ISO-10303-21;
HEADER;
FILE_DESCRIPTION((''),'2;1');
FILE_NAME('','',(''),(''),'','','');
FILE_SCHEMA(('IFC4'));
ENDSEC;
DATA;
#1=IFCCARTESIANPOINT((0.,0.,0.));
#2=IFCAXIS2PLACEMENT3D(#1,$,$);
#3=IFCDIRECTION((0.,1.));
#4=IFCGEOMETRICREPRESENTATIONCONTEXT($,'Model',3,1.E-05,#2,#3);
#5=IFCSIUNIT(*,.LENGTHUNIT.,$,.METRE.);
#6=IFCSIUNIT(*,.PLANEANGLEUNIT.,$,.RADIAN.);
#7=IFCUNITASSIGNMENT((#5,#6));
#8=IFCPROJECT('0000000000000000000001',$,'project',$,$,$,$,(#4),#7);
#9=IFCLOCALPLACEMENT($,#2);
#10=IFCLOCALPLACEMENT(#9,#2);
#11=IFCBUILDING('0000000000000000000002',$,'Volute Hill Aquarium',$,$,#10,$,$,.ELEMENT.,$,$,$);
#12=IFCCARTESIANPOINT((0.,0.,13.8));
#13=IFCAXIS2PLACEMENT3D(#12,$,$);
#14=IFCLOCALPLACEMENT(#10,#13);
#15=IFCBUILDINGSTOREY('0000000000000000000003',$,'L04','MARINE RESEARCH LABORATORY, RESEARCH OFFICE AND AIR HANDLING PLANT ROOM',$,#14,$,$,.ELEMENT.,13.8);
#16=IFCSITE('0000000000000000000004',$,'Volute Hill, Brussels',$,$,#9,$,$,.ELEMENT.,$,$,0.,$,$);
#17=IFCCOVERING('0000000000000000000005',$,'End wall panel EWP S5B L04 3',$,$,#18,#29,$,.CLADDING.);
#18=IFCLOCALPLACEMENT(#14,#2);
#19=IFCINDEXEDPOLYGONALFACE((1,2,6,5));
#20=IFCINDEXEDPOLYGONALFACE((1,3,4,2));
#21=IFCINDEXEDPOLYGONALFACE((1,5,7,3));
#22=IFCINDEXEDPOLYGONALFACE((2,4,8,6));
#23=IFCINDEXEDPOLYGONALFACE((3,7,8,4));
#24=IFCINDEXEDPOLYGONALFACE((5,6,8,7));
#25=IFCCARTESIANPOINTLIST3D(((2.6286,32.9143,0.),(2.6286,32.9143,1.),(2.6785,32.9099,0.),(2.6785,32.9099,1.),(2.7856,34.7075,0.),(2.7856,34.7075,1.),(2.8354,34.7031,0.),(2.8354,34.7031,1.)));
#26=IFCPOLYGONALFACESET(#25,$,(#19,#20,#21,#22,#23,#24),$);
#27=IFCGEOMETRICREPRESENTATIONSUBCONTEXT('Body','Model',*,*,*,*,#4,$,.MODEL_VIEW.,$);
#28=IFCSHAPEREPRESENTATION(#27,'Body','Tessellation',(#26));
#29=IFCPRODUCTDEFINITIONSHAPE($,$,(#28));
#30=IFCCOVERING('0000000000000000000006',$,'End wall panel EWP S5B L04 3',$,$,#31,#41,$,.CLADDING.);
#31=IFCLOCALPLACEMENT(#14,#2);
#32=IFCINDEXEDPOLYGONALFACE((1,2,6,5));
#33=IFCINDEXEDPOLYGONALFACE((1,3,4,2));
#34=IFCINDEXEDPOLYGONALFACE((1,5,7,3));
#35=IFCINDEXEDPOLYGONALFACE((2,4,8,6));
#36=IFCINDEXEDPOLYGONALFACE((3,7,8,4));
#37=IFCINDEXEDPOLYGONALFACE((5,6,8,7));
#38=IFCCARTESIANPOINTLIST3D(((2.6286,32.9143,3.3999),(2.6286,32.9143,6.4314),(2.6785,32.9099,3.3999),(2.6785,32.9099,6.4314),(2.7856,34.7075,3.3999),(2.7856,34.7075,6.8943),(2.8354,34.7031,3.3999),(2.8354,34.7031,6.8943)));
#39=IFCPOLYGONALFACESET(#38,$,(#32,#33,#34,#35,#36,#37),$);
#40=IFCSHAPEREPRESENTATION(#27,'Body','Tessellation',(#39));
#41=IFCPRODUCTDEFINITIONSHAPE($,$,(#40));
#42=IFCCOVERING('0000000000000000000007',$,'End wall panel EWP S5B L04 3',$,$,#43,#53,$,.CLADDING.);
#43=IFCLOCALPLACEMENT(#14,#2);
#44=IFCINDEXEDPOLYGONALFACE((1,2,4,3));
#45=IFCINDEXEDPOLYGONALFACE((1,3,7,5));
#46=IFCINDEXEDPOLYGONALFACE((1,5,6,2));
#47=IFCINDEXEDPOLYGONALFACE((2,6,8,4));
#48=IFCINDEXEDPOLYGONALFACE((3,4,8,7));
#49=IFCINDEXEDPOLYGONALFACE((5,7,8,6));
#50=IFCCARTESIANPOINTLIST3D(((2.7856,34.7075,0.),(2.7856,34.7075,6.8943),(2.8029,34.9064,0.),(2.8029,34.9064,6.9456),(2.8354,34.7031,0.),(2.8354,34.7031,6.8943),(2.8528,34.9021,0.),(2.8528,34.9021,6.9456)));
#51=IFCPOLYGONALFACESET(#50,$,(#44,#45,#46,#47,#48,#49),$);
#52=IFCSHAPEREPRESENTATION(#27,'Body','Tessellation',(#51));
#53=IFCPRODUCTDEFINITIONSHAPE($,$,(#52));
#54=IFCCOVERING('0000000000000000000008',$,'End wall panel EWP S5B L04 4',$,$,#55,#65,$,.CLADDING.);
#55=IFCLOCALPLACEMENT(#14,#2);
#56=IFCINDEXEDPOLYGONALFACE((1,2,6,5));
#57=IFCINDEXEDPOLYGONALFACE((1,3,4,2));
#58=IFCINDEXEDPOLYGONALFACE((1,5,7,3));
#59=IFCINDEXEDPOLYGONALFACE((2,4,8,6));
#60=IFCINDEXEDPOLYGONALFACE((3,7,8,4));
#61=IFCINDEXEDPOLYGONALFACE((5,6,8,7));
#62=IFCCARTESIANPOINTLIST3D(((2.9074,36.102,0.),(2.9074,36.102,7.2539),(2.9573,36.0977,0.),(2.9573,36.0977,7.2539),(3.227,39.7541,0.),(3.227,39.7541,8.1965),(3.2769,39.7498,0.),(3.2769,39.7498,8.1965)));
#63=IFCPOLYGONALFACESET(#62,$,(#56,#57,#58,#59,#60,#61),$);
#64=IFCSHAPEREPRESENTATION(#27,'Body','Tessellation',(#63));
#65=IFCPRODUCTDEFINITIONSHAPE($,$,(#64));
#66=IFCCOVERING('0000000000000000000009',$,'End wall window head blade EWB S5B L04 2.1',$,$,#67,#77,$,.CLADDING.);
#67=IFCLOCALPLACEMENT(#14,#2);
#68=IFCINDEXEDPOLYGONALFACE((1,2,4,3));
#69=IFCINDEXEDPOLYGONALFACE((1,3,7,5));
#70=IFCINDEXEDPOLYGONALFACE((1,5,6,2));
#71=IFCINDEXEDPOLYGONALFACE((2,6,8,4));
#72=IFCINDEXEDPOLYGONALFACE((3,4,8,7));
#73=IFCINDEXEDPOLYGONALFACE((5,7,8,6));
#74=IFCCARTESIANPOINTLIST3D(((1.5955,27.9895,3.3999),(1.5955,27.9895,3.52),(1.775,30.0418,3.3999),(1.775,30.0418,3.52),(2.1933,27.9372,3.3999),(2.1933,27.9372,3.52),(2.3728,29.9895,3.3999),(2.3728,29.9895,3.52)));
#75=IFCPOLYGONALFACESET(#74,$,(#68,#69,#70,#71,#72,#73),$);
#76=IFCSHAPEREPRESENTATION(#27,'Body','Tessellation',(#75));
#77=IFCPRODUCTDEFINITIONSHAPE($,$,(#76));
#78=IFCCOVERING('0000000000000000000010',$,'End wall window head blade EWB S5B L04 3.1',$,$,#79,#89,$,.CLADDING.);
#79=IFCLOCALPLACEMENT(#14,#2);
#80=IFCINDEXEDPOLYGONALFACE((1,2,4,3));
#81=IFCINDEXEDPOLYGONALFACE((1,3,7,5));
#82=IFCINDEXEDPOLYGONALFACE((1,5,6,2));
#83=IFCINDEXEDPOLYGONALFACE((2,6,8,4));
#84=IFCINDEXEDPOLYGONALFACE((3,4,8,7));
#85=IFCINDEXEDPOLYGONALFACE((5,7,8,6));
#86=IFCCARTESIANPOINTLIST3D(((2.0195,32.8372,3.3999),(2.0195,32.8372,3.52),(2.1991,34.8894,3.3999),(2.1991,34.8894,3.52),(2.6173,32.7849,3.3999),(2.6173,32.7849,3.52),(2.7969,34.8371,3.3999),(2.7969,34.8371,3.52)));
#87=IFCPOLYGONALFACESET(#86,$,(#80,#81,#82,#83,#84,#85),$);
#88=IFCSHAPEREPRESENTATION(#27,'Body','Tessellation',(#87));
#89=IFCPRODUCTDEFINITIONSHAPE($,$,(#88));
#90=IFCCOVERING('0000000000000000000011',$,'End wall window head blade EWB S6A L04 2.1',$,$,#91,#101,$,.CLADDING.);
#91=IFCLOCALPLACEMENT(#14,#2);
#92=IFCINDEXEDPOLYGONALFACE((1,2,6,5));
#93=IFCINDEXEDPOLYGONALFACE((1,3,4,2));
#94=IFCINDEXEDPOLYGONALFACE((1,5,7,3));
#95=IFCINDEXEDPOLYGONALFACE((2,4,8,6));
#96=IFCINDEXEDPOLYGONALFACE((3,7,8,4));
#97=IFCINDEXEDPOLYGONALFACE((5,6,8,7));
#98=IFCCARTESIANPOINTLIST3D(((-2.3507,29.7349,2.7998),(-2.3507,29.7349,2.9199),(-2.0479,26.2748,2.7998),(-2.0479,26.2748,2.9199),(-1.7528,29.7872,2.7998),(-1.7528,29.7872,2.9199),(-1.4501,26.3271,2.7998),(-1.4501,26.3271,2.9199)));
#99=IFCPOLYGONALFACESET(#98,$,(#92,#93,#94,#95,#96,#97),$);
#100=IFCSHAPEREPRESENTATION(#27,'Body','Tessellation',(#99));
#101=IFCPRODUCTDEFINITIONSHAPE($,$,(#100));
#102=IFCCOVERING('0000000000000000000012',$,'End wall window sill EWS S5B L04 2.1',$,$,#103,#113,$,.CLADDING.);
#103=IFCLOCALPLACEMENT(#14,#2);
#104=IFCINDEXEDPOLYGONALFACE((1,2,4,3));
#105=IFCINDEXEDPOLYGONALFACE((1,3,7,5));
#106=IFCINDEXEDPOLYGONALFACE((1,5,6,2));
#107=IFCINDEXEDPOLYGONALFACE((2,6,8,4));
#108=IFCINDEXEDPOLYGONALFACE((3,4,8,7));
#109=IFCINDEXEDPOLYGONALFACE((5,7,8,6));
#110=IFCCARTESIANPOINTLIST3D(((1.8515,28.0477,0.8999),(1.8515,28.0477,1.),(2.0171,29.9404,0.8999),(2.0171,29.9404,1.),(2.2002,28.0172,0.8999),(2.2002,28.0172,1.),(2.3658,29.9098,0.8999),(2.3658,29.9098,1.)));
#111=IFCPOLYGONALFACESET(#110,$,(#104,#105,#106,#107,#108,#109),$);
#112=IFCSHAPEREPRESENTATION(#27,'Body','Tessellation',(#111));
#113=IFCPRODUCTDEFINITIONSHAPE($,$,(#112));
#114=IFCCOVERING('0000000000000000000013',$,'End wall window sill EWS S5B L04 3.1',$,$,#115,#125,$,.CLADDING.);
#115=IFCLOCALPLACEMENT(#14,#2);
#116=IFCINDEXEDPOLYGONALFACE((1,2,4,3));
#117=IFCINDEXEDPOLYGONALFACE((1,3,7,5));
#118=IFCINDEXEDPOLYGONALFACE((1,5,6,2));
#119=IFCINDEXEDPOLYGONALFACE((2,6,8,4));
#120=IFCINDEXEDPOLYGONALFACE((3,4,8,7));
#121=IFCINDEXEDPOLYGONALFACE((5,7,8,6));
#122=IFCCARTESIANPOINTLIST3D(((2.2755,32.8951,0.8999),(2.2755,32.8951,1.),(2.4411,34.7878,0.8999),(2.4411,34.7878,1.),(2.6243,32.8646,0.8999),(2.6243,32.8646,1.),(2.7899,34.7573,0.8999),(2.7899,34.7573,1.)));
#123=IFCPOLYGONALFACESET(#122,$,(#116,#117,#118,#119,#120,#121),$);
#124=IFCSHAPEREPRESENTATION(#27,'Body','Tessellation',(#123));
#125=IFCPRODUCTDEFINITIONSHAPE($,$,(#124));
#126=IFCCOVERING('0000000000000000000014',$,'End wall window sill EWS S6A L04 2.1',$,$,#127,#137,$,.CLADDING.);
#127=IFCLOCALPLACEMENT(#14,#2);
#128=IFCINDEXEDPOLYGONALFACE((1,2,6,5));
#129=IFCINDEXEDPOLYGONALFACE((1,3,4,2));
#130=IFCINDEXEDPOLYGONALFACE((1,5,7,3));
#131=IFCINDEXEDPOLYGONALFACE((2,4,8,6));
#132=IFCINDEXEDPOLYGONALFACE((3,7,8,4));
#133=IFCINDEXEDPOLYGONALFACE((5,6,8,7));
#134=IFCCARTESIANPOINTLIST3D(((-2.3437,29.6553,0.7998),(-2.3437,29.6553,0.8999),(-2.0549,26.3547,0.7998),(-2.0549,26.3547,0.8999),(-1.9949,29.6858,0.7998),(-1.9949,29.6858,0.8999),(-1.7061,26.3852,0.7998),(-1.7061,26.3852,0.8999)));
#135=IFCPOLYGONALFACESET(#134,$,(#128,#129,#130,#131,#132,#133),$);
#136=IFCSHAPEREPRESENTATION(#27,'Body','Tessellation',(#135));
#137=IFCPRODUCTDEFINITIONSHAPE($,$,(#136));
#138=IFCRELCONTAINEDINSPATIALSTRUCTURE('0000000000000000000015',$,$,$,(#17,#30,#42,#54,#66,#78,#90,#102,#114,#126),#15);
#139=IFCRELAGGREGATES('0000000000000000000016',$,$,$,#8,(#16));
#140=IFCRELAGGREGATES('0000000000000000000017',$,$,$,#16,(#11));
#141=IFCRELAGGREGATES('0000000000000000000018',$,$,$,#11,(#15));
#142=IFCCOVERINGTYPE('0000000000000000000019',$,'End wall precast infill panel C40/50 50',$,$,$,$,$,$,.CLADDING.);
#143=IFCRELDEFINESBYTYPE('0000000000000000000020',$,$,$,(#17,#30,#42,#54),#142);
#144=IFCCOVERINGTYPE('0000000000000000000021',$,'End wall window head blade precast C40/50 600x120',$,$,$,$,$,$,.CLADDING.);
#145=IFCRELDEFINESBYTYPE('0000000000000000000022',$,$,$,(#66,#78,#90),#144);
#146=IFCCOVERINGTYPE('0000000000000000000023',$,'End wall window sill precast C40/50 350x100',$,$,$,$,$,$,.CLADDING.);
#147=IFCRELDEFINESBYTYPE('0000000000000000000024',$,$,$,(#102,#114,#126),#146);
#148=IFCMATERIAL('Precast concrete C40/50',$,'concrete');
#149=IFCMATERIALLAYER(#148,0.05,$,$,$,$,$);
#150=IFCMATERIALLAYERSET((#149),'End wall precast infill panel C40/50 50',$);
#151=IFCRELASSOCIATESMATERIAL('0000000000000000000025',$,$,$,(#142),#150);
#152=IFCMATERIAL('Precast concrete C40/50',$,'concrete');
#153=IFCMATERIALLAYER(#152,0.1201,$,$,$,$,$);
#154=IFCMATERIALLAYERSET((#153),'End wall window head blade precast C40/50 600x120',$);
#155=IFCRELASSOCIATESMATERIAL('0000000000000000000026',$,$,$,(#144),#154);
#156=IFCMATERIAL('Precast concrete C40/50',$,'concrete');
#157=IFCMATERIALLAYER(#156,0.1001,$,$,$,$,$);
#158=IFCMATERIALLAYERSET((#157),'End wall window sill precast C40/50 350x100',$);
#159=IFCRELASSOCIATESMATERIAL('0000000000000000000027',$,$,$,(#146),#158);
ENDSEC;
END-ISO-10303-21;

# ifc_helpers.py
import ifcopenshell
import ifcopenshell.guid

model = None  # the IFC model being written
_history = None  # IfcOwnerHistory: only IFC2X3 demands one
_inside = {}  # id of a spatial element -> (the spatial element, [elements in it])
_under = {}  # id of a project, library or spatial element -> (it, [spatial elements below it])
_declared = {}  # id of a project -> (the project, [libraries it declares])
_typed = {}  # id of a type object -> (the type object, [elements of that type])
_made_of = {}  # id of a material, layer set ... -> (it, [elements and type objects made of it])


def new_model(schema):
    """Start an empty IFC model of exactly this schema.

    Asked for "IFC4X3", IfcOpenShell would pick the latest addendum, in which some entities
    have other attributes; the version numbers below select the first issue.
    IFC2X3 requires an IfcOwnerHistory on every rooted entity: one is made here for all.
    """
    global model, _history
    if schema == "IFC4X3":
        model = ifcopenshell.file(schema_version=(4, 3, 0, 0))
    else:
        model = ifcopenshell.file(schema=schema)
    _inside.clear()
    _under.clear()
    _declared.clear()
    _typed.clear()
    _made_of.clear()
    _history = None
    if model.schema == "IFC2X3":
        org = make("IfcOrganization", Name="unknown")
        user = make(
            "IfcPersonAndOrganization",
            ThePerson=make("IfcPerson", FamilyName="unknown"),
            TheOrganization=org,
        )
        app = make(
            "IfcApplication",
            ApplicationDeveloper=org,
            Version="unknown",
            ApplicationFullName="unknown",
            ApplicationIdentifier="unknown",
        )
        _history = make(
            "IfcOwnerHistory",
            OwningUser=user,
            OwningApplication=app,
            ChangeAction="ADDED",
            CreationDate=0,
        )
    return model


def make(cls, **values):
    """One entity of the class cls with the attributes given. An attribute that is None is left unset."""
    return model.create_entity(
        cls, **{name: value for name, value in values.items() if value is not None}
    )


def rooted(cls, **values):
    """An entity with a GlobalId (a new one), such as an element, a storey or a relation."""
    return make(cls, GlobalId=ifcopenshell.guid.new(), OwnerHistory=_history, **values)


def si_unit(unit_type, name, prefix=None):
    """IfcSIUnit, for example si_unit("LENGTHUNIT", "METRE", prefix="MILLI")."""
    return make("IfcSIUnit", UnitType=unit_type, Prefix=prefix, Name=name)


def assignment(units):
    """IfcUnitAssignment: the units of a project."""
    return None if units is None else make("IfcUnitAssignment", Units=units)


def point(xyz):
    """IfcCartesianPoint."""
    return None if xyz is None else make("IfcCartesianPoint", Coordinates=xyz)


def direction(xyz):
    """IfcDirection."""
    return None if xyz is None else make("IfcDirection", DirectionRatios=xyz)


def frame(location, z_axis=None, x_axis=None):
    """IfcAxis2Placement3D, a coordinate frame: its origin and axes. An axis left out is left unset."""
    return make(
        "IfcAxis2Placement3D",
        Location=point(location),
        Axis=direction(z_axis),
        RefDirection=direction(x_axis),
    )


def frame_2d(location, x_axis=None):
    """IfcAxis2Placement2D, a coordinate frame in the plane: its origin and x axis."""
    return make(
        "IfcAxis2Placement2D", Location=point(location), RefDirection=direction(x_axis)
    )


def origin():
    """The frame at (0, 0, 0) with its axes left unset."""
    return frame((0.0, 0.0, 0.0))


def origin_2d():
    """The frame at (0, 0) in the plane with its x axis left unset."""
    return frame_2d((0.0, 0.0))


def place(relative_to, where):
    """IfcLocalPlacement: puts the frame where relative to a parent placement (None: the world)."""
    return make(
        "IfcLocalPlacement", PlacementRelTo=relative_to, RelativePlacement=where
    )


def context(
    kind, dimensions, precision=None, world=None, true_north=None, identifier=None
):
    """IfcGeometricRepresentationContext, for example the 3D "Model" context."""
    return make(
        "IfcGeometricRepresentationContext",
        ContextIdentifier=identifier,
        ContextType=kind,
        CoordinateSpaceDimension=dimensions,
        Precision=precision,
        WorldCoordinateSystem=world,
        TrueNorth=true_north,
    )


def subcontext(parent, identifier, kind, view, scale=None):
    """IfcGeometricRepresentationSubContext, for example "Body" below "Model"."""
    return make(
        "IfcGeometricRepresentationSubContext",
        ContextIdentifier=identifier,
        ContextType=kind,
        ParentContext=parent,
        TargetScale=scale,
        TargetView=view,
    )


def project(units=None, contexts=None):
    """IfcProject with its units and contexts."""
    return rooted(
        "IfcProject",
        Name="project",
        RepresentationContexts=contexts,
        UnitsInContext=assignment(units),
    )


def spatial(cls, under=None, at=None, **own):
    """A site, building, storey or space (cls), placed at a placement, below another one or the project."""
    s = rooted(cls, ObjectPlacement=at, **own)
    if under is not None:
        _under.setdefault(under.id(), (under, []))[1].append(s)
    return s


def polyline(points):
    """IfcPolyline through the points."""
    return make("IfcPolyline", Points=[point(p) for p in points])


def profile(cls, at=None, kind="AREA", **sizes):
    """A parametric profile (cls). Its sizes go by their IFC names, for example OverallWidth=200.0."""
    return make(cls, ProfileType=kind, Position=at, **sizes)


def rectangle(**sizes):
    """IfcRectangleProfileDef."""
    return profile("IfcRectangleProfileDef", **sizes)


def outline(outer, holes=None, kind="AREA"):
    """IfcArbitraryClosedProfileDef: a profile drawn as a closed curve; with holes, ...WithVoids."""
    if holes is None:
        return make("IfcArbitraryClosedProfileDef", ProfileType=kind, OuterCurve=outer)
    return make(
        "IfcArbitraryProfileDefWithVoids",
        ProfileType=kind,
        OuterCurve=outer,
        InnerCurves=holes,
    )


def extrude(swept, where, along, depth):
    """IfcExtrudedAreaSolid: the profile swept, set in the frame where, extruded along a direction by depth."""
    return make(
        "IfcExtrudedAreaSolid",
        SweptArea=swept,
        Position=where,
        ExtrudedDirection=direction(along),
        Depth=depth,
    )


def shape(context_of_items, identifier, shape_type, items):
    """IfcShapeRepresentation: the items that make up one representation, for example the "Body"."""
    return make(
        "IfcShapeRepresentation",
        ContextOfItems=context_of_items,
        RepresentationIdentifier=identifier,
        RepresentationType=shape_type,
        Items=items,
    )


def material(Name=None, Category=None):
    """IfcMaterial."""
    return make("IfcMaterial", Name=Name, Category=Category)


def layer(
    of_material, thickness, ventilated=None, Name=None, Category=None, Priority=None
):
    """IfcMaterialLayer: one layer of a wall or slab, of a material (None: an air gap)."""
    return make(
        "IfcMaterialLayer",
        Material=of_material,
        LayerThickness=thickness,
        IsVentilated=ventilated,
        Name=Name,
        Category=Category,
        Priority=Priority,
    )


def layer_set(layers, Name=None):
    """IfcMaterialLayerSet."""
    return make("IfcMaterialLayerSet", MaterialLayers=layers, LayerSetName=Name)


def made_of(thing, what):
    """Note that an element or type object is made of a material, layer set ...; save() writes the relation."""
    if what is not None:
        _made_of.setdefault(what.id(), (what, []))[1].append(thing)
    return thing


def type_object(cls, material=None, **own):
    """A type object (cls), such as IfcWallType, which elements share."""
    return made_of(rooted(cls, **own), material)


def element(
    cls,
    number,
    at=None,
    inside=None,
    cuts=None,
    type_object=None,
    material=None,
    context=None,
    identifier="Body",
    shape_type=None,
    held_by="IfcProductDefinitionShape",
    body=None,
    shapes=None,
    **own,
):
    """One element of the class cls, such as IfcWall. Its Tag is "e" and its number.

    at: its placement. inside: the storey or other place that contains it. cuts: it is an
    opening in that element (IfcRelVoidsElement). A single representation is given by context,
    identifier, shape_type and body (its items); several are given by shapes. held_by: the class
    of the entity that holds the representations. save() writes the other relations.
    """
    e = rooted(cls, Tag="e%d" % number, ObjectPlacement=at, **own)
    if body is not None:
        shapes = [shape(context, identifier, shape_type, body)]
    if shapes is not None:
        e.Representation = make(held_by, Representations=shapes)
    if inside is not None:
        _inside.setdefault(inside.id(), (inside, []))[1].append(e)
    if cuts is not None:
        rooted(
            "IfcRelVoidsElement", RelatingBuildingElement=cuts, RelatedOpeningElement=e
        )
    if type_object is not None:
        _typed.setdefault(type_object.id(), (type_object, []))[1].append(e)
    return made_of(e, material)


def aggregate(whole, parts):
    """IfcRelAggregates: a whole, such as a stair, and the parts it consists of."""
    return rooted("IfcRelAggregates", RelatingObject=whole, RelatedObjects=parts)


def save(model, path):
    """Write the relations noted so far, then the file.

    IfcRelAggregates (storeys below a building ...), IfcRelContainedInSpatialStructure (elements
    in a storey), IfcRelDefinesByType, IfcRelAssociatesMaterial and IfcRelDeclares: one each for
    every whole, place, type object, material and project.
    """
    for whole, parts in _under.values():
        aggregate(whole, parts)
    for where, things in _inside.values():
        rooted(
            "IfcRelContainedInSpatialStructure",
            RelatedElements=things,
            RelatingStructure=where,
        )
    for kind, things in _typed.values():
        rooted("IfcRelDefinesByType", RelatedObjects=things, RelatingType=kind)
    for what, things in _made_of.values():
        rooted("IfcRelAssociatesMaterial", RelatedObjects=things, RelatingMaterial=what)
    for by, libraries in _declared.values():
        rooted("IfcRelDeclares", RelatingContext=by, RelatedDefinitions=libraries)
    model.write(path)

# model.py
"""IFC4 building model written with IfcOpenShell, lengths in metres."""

from ifc_helpers import new_model, si_unit, direction, frame, origin, origin_2d, place, context, subcontext, project, spatial, polyline, rectangle, outline, extrude, material, layer, layer_set, type_object, element, save


model = new_model("IFC4")

# Units and contexts
model_context = context("Model", 3, precision=1e-05, world=origin(), true_north=direction((0.0, 1.0)))
body_context = subcontext(model_context, "Body", "Model", "MODEL_VIEW")
ifc_project = project(units=[si_unit("LENGTHUNIT", "METRE"), si_unit("PLANEANGLEUNIT", "RADIAN")], contexts=[model_context])

# Site, building, storey
site_placement = place(None, origin())
site = spatial("IfcSite", under=ifc_project, at=site_placement, Name="Volute Hill, Brussels", CompositionType="ELEMENT", RefElevation=0.0)
building_placement = place(site_placement, origin())
building = spatial("IfcBuilding", under=site, at=building_placement, Name="Volute Hill Aquarium", CompositionType="ELEMENT")
storey_placement = place(building_placement, frame((0.0, 0.0, 13.8)))
storey = spatial("IfcBuildingStorey", under=building, at=storey_placement, Name="L04", Description="MARINE RESEARCH LABORATORY, RESEARCH OFFICE AND AIR HANDLING PLANT ROOM", CompositionType="ELEMENT", Elevation=13.8)

# Coverings
ifc_material_1 = material(Name="Precast concrete C40/50", Category="concrete")
ifc_layer_1 = layer(ifc_material_1, 0.05)
ifc_layer_set_1 = layer_set([ifc_layer_1], Name="End wall precast infill panel C40/50 50")
covering_type_1 = type_object("IfcCoveringType", Name="End wall precast infill panel C40/50 50", PredefinedType="CLADDING", material=ifc_layer_set_1)
covering_1_placement = place(storey_placement, frame((2.6785, 32.9099, 0.0), z_axis=(0.99619, -0.087209, 0.0), x_axis=(0.087209, 0.99619, 0.0)))
element("IfcCovering", 1, at=covering_1_placement, inside=storey, type_object=covering_type_1, Name="End wall panel EWP S5B L04 3", PredefinedType="CLADDING", context=body_context, shape_type="SweptSolid", body=[
    extrude(outline(polyline([(0.0, 0.0), (1.8001, 0.0), (1.8001, 1.0), (0.0, 1.0), (0.0, 0.0)])), origin(), (0.0, 0.0, -1.0), 0.05),
])
covering_2_placement = place(storey_placement, frame((2.6785, 32.9099, 3.3999), z_axis=(0.99619, -0.087209, 0.0), x_axis=(0.087209, 0.99619, 0.0)))
element("IfcCovering", 2, at=covering_2_placement, inside=storey, type_object=covering_type_1, Name="End wall panel EWP S5B L04 3", PredefinedType="CLADDING", context=body_context, shape_type="SweptSolid", body=[
    extrude(outline(polyline([(0.0, 0.0), (1.8001, 0.0), (1.8001, 3.4944), (0.0, 3.0315), (0.0, 0.0)])), origin(), (0.0, 0.0, -1.0), 0.05),
])
covering_3_placement = place(storey_placement, frame((2.8354, 34.7031, 0.0), z_axis=(0.996227, -0.086788, 0.0), x_axis=(0.086788, 0.996227, 0.0)))
element("IfcCovering", 3, at=covering_3_placement, inside=storey, type_object=covering_type_1, Name="End wall panel EWP S5B L04 3", PredefinedType="CLADDING", context=body_context, shape_type="SweptSolid", body=[
    extrude(outline(polyline([(0.0, 0.0), (0.1997, 0.0), (0.1997, 6.9456), (0.0, 6.8943), (0.0, 0.0)])), origin(), (0.0, 0.0, -1.0), 0.05),
])
covering_4_placement = place(storey_placement, frame((2.9573, 36.0977, 0.0), z_axis=(0.996193, -0.087173, 0.0), x_axis=(0.087173, 0.996193, 0.0)))
element("IfcCovering", 4, at=covering_4_placement, inside=storey, type_object=covering_type_1, Name="End wall panel EWP S5B L04 4", PredefinedType="CLADDING", context=body_context, shape_type="SweptSolid", body=[
    extrude(outline(polyline([(0.0, 0.0), (3.6661, 0.0), (3.6661, 8.1965), (0.0, 7.2539), (0.0, 0.0)])), origin(), (0.0, 0.0, -1.0), 0.05),
])
ifc_material_2 = material(Name="Precast concrete C40/50", Category="concrete")
ifc_layer_2 = layer(ifc_material_2, 0.1201)
ifc_layer_set_2 = layer_set([ifc_layer_2], Name="End wall window head blade precast C40/50 600x120")
covering_type_2 = type_object("IfcCoveringType", Name="End wall window head blade precast C40/50 600x120", PredefinedType="CLADDING", material=ifc_layer_set_2)
for number, where, z_axis, x_axis, name in (
    (5, (1.9841, 28.9895, 3.3999), (0.0, 0.0, 1.0), (0.087154, 0.996195, 0.0), "End wall window head blade EWB S5B L04 2.1"),
    (6, (2.4082, 33.8372, 3.3999), (0.0, 0.0, 1.0), (0.087154, 0.996195, 0.0), "End wall window head blade EWB S5B L04 3.1"),
):
    element("IfcCovering", number, at=place(storey_placement, frame(where, z_axis=z_axis, x_axis=x_axis)), inside=storey, type_object=covering_type_2, Name=name, PredefinedType="CLADDING", context=body_context, shape_type="SweptSolid", body=[
        extrude(rectangle(XDim=2.0601, YDim=0.6001, at=origin_2d()), origin(), (0.0, 0.0, 1.0), 0.1201),
    ])
covering_5_placement = place(storey_placement, frame((-1.9004, 28.031, 2.7998), z_axis=(0.0, 0.0, 1.0), x_axis=(-0.087155, 0.996195, 0.0)))
element("IfcCovering", 7, at=covering_5_placement, inside=storey, type_object=covering_type_2, Name="End wall window head blade EWB S6A L04 2.1", PredefinedType="CLADDING", context=body_context, shape_type="SweptSolid", body=[
    extrude(rectangle(XDim=3.4734, YDim=0.6001, at=origin_2d()), origin(), (0.0, 0.0, 1.0), 0.1201),
])
ifc_material_3 = material(Name="Precast concrete C40/50", Category="concrete")
ifc_layer_3 = layer(ifc_material_3, 0.1001)
ifc_layer_set_3 = layer_set([ifc_layer_3], Name="End wall window sill precast C40/50 350x100")
covering_type_3 = type_object("IfcCoveringType", Name="End wall window sill precast C40/50 350x100", PredefinedType="CLADDING", material=ifc_layer_set_3)
for number, where, z_axis, x_axis, name in (
    (8, (2.1086, 28.9788, 0.8999), (0.0, 0.0, 1.0), (0.087154, 0.996195, 0.0), "End wall window sill EWS S5B L04 2.1"),
    (9, (2.5327, 33.8262, 0.8999), (0.0, 0.0, 1.0), (0.087154, 0.996195, 0.0), "End wall window sill EWS S5B L04 3.1"),
):
    element("IfcCovering", number, at=place(storey_placement, frame(where, z_axis=z_axis, x_axis=x_axis)), inside=storey, type_object=covering_type_3, Name=name, PredefinedType="CLADDING", context=body_context, shape_type="SweptSolid", body=[
        extrude(rectangle(XDim=1.8999, YDim=0.3501, at=origin_2d()), origin(), (0.0, 0.0, 1.0), 0.1001),
    ])
covering_6_placement = place(storey_placement, frame((-2.0249, 28.0203, 0.7998), z_axis=(0.0, 0.0, 1.0), x_axis=(-0.087155, 0.996195, 0.0)))
element("IfcCovering", 10, at=covering_6_placement, inside=storey, type_object=covering_type_3, Name="End wall window sill EWS S6A L04 2.1", PredefinedType="CLADDING", context=body_context, shape_type="SweptSolid", body=[
    extrude(rectangle(XDim=3.3132, YDim=0.3501, at=origin_2d()), origin(), (0.0, 0.0, 1.0), 0.1001),
])

save(model, "model.ifc")
